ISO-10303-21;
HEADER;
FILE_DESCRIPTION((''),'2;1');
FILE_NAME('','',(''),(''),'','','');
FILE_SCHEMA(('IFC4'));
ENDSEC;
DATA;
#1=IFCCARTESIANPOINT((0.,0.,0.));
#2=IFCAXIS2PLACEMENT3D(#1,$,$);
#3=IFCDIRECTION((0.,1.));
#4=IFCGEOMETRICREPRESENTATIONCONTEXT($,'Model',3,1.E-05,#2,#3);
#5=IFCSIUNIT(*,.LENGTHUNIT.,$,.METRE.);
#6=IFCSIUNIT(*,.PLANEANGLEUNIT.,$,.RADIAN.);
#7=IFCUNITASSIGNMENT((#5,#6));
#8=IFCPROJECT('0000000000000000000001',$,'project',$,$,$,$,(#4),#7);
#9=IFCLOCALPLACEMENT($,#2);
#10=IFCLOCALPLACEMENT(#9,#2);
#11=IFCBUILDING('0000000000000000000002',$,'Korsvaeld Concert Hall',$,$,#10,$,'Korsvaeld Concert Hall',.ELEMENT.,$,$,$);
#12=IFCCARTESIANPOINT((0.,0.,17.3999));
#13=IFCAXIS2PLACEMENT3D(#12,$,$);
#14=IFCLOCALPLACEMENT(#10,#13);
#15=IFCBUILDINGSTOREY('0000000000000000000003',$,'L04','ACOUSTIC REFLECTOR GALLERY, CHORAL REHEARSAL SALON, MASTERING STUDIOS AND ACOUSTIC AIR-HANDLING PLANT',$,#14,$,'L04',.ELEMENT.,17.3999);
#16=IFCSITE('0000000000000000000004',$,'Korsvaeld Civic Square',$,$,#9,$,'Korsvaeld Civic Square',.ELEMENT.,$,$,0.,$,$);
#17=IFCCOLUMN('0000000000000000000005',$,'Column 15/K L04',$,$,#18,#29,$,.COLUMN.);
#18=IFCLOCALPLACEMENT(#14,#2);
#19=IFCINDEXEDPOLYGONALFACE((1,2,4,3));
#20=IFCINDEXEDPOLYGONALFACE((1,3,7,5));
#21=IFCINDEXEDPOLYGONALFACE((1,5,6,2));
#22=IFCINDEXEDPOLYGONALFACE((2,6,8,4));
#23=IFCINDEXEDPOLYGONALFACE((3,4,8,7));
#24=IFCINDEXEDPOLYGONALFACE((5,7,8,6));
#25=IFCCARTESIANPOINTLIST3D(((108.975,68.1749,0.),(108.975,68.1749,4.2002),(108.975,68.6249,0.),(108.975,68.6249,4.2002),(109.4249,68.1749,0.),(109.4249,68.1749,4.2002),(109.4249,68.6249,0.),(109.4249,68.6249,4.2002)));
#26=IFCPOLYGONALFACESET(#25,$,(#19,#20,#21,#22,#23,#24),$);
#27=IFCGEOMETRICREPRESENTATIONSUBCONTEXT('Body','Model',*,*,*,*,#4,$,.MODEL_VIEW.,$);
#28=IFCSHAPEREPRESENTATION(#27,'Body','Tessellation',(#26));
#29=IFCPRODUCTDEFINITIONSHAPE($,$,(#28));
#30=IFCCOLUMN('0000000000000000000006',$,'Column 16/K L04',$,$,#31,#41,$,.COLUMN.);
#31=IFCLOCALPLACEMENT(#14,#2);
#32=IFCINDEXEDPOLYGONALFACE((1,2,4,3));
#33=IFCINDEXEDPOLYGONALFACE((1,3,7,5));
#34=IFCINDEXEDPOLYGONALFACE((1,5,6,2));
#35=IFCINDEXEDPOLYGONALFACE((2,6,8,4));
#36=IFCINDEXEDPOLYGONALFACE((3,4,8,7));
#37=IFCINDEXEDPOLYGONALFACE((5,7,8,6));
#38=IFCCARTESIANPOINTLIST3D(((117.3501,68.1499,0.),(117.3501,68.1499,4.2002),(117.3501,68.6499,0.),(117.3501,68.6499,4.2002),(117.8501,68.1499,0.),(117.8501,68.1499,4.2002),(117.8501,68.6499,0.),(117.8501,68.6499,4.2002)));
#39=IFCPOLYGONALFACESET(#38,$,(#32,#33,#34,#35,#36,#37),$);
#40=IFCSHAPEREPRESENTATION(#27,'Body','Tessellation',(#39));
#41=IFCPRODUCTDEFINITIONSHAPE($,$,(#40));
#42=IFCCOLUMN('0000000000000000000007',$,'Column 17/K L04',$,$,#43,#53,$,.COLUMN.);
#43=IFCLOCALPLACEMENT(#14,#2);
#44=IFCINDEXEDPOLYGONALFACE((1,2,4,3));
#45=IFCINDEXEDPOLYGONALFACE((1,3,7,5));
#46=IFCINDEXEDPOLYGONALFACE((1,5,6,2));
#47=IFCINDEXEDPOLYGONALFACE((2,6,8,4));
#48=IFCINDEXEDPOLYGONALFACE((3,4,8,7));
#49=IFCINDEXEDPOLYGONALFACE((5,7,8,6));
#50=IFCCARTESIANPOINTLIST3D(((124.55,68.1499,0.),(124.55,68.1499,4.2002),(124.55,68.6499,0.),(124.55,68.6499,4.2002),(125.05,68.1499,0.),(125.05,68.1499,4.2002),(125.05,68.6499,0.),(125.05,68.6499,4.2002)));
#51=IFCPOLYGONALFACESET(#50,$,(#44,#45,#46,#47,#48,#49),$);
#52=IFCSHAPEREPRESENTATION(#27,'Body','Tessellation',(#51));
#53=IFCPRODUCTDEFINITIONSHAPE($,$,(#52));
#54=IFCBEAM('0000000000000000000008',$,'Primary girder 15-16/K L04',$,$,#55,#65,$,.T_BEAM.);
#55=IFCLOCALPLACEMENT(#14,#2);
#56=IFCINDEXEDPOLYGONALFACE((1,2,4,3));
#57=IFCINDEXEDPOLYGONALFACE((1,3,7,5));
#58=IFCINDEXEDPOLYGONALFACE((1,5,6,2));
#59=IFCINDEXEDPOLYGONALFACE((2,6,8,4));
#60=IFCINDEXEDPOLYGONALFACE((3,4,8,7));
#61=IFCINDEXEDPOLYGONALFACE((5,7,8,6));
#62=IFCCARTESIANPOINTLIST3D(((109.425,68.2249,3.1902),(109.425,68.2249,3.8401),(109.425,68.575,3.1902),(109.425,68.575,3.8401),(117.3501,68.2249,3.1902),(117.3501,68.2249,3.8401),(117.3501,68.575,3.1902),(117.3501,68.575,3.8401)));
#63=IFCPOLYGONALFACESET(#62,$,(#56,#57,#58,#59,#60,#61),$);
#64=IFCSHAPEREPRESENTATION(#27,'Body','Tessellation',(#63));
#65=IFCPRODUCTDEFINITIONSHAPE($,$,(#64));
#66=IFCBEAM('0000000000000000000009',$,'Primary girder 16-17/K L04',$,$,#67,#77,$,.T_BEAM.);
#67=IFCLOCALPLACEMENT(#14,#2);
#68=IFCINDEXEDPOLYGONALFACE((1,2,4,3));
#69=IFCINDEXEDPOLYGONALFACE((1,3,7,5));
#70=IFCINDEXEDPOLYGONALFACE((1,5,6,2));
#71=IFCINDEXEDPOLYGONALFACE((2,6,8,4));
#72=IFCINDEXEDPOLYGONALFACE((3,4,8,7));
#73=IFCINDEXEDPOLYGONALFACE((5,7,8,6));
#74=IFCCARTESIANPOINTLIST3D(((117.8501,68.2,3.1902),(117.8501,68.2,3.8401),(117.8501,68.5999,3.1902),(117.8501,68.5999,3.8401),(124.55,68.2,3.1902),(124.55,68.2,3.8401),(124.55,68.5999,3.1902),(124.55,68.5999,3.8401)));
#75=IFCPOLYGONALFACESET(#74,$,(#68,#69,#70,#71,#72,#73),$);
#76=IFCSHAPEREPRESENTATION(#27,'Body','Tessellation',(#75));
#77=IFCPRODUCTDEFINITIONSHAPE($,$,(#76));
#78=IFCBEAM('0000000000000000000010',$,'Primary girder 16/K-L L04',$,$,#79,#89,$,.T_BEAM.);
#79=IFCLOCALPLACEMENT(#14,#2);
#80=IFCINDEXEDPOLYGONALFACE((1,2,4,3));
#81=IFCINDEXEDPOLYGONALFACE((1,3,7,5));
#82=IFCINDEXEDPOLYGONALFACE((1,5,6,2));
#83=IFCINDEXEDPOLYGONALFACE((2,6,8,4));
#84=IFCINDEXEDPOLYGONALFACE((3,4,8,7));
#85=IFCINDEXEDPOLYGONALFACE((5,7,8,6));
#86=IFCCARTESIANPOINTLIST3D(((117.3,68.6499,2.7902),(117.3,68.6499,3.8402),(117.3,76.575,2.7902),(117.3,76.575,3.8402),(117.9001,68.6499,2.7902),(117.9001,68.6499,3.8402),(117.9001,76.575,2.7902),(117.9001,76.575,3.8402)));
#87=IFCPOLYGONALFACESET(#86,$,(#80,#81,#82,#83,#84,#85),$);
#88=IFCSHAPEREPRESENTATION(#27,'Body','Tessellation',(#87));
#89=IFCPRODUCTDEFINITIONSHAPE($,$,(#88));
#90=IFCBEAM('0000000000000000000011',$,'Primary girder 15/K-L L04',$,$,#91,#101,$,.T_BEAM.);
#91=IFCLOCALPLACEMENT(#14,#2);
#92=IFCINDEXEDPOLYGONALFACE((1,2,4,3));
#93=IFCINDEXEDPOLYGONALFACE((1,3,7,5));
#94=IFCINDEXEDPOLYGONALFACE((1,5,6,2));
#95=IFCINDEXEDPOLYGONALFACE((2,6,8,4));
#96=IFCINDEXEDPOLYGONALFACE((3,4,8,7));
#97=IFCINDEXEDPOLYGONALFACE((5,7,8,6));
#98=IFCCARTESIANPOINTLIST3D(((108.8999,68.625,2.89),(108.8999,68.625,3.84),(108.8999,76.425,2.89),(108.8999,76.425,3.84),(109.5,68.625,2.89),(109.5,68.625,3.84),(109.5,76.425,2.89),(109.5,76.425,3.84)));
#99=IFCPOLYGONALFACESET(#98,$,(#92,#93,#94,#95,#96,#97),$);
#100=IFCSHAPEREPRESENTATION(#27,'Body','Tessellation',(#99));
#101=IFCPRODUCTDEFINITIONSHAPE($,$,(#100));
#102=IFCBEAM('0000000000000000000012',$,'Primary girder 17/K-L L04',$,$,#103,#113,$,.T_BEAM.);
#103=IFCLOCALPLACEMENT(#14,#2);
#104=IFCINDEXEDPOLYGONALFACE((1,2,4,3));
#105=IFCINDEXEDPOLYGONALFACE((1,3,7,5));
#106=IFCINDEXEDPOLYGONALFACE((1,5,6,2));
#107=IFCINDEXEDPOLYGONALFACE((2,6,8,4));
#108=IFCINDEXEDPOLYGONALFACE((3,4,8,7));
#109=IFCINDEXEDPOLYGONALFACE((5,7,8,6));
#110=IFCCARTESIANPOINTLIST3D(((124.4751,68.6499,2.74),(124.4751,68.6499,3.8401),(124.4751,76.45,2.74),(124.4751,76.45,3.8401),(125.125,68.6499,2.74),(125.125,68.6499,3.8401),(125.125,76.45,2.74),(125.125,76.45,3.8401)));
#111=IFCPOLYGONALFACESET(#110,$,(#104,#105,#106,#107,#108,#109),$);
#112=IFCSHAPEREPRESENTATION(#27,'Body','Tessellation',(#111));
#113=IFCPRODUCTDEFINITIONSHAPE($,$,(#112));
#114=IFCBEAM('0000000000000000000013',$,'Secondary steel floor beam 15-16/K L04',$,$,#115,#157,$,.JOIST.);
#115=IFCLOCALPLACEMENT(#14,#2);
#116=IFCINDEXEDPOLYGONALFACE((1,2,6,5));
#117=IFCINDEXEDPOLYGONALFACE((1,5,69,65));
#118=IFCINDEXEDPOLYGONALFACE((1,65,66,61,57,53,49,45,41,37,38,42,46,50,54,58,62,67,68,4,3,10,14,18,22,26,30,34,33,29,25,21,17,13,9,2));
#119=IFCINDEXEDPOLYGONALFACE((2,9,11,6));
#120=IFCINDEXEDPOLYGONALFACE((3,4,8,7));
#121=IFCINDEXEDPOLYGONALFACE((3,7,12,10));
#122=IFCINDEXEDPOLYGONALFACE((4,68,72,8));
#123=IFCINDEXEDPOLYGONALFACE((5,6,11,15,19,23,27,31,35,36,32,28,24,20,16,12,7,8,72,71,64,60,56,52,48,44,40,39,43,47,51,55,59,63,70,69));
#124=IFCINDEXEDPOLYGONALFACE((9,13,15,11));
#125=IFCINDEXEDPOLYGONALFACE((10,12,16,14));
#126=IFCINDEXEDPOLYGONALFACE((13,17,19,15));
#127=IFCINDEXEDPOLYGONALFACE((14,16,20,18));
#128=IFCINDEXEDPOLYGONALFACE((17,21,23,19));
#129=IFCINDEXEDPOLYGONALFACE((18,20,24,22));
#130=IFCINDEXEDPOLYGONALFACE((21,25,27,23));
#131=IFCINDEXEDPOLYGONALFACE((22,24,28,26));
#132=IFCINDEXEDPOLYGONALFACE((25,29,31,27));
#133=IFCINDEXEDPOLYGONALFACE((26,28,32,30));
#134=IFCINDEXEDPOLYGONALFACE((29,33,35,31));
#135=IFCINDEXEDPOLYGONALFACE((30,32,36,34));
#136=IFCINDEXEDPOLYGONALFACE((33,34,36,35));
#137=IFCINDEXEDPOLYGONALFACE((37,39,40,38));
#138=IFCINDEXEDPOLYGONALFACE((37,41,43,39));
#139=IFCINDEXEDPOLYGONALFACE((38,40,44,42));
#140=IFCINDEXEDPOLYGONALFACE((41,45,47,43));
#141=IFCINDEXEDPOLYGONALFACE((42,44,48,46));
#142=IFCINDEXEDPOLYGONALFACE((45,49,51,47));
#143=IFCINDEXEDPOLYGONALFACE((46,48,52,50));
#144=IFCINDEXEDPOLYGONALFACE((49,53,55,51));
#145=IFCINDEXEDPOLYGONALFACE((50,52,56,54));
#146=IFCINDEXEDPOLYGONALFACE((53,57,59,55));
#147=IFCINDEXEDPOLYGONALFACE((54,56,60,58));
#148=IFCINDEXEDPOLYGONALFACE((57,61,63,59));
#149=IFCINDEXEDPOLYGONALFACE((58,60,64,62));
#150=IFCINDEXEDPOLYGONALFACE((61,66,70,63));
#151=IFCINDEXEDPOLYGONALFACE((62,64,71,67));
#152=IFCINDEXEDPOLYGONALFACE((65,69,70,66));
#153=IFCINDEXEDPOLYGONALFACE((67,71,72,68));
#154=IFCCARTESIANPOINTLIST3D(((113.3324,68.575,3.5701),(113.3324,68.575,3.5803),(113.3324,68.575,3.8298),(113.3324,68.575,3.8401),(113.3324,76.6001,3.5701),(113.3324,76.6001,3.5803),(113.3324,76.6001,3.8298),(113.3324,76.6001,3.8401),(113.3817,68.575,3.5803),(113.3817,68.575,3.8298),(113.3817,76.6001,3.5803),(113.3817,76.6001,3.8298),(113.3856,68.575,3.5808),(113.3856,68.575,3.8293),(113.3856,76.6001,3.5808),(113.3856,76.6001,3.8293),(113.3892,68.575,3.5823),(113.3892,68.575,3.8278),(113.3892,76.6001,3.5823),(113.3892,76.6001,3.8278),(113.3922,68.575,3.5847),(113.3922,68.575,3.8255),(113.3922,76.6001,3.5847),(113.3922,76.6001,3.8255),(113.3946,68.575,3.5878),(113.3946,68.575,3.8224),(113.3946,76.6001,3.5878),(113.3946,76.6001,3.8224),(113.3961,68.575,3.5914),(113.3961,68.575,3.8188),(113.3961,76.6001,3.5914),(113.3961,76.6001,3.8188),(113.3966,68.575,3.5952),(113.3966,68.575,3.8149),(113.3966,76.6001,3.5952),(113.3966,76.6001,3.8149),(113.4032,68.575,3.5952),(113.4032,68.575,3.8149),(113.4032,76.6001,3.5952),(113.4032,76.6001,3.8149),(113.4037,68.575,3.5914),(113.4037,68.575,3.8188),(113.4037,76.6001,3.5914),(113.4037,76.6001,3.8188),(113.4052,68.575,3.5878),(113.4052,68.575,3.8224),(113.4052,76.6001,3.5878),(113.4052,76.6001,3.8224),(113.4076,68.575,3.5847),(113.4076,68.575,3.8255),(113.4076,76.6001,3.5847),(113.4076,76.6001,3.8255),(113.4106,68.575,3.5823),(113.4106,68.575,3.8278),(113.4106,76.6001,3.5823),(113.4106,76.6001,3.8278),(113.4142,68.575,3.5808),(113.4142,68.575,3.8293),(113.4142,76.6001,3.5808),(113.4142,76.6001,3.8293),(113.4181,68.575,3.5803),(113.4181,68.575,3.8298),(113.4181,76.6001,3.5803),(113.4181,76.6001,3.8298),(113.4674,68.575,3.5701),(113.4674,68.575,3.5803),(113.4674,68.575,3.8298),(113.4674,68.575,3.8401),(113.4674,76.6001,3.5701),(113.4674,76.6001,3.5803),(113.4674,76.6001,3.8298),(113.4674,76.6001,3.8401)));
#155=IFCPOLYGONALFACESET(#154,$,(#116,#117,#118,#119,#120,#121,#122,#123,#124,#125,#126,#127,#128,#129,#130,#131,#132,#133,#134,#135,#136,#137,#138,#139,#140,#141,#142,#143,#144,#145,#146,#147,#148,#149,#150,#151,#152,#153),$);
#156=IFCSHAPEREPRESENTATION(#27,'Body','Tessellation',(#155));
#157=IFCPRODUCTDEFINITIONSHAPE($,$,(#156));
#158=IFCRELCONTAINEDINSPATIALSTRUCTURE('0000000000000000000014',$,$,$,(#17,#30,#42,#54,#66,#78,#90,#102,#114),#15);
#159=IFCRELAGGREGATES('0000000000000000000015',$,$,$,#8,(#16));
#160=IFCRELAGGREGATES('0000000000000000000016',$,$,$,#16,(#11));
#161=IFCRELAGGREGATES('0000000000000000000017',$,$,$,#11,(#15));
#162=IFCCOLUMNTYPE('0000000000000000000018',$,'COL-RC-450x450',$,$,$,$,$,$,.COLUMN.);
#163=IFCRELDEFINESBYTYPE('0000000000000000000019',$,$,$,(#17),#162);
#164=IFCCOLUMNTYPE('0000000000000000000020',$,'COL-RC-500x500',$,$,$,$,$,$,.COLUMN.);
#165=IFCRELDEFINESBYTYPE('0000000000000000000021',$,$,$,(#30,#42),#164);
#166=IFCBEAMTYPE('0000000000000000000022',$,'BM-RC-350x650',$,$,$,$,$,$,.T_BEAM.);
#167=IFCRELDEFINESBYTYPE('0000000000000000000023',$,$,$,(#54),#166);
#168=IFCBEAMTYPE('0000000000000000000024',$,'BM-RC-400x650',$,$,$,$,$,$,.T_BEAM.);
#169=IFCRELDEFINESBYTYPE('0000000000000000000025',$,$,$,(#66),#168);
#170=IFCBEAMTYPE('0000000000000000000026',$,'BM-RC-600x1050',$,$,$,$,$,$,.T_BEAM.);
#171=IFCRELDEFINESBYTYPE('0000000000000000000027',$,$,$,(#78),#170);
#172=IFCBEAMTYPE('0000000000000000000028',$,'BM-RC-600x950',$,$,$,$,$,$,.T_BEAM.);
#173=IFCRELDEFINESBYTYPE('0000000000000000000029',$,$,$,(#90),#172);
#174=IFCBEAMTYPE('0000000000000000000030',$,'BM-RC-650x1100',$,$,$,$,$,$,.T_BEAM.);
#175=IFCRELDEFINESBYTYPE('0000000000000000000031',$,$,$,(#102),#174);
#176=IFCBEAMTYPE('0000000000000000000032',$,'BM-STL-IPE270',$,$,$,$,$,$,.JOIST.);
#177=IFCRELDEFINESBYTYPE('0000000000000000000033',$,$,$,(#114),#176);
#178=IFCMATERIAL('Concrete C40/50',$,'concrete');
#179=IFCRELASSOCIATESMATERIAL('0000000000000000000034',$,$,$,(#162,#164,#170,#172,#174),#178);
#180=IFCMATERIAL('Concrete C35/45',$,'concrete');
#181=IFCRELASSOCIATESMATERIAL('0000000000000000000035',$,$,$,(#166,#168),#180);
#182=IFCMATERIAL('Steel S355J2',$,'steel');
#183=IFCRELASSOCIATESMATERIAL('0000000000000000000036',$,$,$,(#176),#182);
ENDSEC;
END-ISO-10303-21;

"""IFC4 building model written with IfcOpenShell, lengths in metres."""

from ifc_helpers import new_model, si_unit, direction, frame, origin, origin_2d, place, context, subcontext, project, spatial, rectangle, i_section, extrude, material, material_profile, profile_set, type_object, element, save


model = new_model("IFC4")

# Units and contexts
model_context = context("Model", 3, precision=1e-05, world=origin(), true_north=direction((0.0, 1.0)))
body_context = subcontext(model_context, "Body", "Model", "MODEL_VIEW")
ifc_project = project(units=[si_unit("LENGTHUNIT", "METRE"), si_unit("PLANEANGLEUNIT", "RADIAN")], contexts=[model_context])

# Site, building, storey
site_placement = place(None, origin())
site = spatial("IfcSite", under=ifc_project, at=site_placement, Name="Korsvaeld Civic Square", LongName="Korsvaeld Civic Square", CompositionType="ELEMENT", RefElevation=0.0)
building_placement = place(site_placement, origin())
building = spatial("IfcBuilding", under=site, at=building_placement, Name="Korsvaeld Concert Hall", LongName="Korsvaeld Concert Hall", CompositionType="ELEMENT")
storey_placement = place(building_placement, frame((0.0, 0.0, 17.3999)))
storey = spatial("IfcBuildingStorey", under=building, at=storey_placement, Name="L04", Description="ACOUSTIC REFLECTOR GALLERY, CHORAL REHEARSAL SALON, MASTERING STUDIOS AND ACOUSTIC AIR-HANDLING PLANT", LongName="L04", CompositionType="ELEMENT", Elevation=17.3999)

# Columns
ifc_material_1 = material(Name="Concrete C40/50", Category="concrete")
ifc_material_profile_1 = material_profile(ifc_material_1, rectangle(XDim=0.45, YDim=0.45, at=origin_2d()), Name="RC 450x450")
ifc_profile_set_1 = profile_set([ifc_material_profile_1], Name="Concrete C40/50")
column_type_1 = type_object("IfcColumnType", Name="COL-RC-450x450", PredefinedType="COLUMN", material=ifc_profile_set_1)
column_placement = place(storey_placement, frame((109.2, 68.3999, 0.0), z_axis=(0.0, 0.0, 1.0), x_axis=(1.0, 0.0, 0.0)))
element("IfcColumn", 1, at=column_placement, inside=storey, type_object=column_type_1, Name="Column 15/K L04", PredefinedType="COLUMN", context=body_context, shape_type="SweptSolid", body=[
    extrude(rectangle(XDim=0.45, YDim=0.45, at=origin_2d()), origin(), (0.0, 0.0, 1.0), 4.2002),
])
ifc_material_profile_2 = material_profile(ifc_material_1, rectangle(XDim=0.5, YDim=0.5, at=origin_2d()), Name="RC 500x500")
ifc_profile_set_2 = profile_set([ifc_material_profile_2], Name="Concrete C40/50")
column_type_2 = type_object("IfcColumnType", Name="COL-RC-500x500", PredefinedType="COLUMN", material=ifc_profile_set_2)
for number, where, z_axis, x_axis, name in (
    (2, (117.6001, 68.3999, 0.0), (0.0, 0.0, 1.0), (1.0, 0.0, 0.0), "Column 16/K L04"),
    (3, (124.8, 68.3999, 0.0), (0.0, 0.0, 1.0), (1.0, 0.0, 0.0), "Column 17/K L04"),
):
    element("IfcColumn", number, at=place(storey_placement, frame(where, z_axis=z_axis, x_axis=x_axis)), inside=storey, type_object=column_type_2, Name=name, PredefinedType="COLUMN", context=body_context, shape_type="SweptSolid", body=[
        extrude(rectangle(XDim=0.5, YDim=0.5, at=origin_2d()), origin(), (0.0, 0.0, 1.0), 4.2002),
    ])

# Beams
ifc_material_2 = material(Name="Concrete C35/45", Category="concrete")
ifc_material_profile_3 = material_profile(ifc_material_2, rectangle(XDim=0.3501, YDim=0.6499, at=origin_2d()), Name="RC 350x650")
ifc_profile_set_3 = profile_set([ifc_material_profile_3], Name="Concrete C35/45")
beam_type_1 = type_object("IfcBeamType", Name="BM-RC-350x650", PredefinedType="T_BEAM", material=ifc_profile_set_3)
beam_1_placement = place(storey_placement, frame((109.425, 68.3999, 3.5151), z_axis=(1.0, 0.0, 0.0), x_axis=(0.0, 1.0, 0.0)))
element("IfcBeam", 4, at=beam_1_placement, inside=storey, type_object=beam_type_1, Name="Primary girder 15-16/K L04", PredefinedType="T_BEAM", context=body_context, shape_type="SweptSolid", body=[
    extrude(rectangle(XDim=0.3501, YDim=0.6499, at=origin_2d()), origin(), (0.0, 0.0, 1.0), 7.925),
])
ifc_material_profile_4 = material_profile(ifc_material_2, rectangle(XDim=0.3999, YDim=0.6499, at=origin_2d()), Name="RC 400x650")
ifc_profile_set_4 = profile_set([ifc_material_profile_4], Name="Concrete C35/45")
beam_type_2 = type_object("IfcBeamType", Name="BM-RC-400x650", PredefinedType="T_BEAM", material=ifc_profile_set_4)
beam_2_placement = place(storey_placement, frame((117.8501, 68.3999, 3.5151), z_axis=(1.0, 0.0, 0.0), x_axis=(0.0, 1.0, 0.0)))
element("IfcBeam", 5, at=beam_2_placement, inside=storey, type_object=beam_type_2, Name="Primary girder 16-17/K L04", PredefinedType="T_BEAM", context=body_context, shape_type="SweptSolid", body=[
    extrude(rectangle(XDim=0.3999, YDim=0.6499, at=origin_2d()), origin(), (0.0, 0.0, 1.0), 6.7),
])
ifc_material_profile_5 = material_profile(ifc_material_1, rectangle(XDim=0.6001, YDim=1.05, at=origin_2d()), Name="RC 600x1050")
ifc_profile_set_5 = profile_set([ifc_material_profile_5], Name="Concrete C40/50")
beam_type_3 = type_object("IfcBeamType", Name="BM-RC-600x1050", PredefinedType="T_BEAM", material=ifc_profile_set_5)
beam_3_placement = place(storey_placement, frame((117.6001, 68.6499, 3.3152), z_axis=(0.0, 1.0, 0.0), x_axis=(-1.0, 0.0, 0.0)))
element("IfcBeam", 6, at=beam_3_placement, inside=storey, type_object=beam_type_3, Name="Primary girder 16/K-L L04", PredefinedType="T_BEAM", context=body_context, shape_type="SweptSolid", body=[
    extrude(rectangle(XDim=0.6001, YDim=1.05, at=origin_2d()), origin(), (0.0, 0.0, 1.0), 7.925),
])
ifc_material_profile_6 = material_profile(ifc_material_1, rectangle(XDim=0.6001, YDim=0.95, at=origin_2d()), Name="RC 600x950")
ifc_profile_set_6 = profile_set([ifc_material_profile_6], Name="Concrete C40/50")
beam_type_4 = type_object("IfcBeamType", Name="BM-RC-600x950", PredefinedType="T_BEAM", material=ifc_profile_set_6)
beam_4_placement = place(storey_placement, frame((109.2, 68.625, 3.365), z_axis=(0.0, 1.0, 0.0), x_axis=(-1.0, 0.0, 0.0)))
element("IfcBeam", 7, at=beam_4_placement, inside=storey, type_object=beam_type_4, Name="Primary girder 15/K-L L04", PredefinedType="T_BEAM", context=body_context, shape_type="SweptSolid", body=[
    extrude(rectangle(XDim=0.6001, YDim=0.95, at=origin_2d()), origin(), (0.0, 0.0, 1.0), 7.8),
])
ifc_material_profile_7 = material_profile(ifc_material_1, rectangle(XDim=0.6499, YDim=1.1001, at=origin_2d()), Name="RC 650x1100")
ifc_profile_set_7 = profile_set([ifc_material_profile_7], Name="Concrete C40/50")
beam_type_5 = type_object("IfcBeamType", Name="BM-RC-650x1100", PredefinedType="T_BEAM", material=ifc_profile_set_7)
beam_5_placement = place(storey_placement, frame((124.8, 68.6499, 3.29), z_axis=(0.0, 1.0, 0.0), x_axis=(-1.0, 0.0, 0.0)))
element("IfcBeam", 8, at=beam_5_placement, inside=storey, type_object=beam_type_5, Name="Primary girder 17/K-L L04", PredefinedType="T_BEAM", context=body_context, shape_type="SweptSolid", body=[
    extrude(rectangle(XDim=0.6499, YDim=1.1001, at=origin_2d()), origin(), (0.0, 0.0, 1.0), 7.8),
])
ifc_material_3 = material(Name="Steel S355J2", Category="steel")
ifc_material_profile_8 = material_profile(ifc_material_3, i_section(OverallWidth=0.135, OverallDepth=0.27, WebThickness=0.0066, FlangeThickness=0.0103, FilletRadius=0.0149, at=origin_2d()), Name="IPE 270")
ifc_profile_set_8 = profile_set([ifc_material_profile_8], Name="Steel S355J2")
beam_type_6 = type_object("IfcBeamType", Name="BM-STL-IPE270", PredefinedType="JOIST", material=ifc_profile_set_8)
beam_6_placement = place(storey_placement, frame((113.3999, 68.575, 3.7051), z_axis=(0.0, 1.0, 0.0), x_axis=(-1.0, 0.0, 0.0)))
element("IfcBeam", 9, at=beam_6_placement, inside=storey, type_object=beam_type_6, Name="Secondary steel floor beam 15-16/K L04", PredefinedType="JOIST", context=body_context, shape_type="SweptSolid", body=[
    extrude(i_section(OverallWidth=0.135, OverallDepth=0.27, WebThickness=0.0066, FlangeThickness=0.0103, FilletRadius=0.0149, at=origin_2d()), origin(), (0.0, 0.0, 1.0), 8.0251),
])

save(model, "model.ifc")
